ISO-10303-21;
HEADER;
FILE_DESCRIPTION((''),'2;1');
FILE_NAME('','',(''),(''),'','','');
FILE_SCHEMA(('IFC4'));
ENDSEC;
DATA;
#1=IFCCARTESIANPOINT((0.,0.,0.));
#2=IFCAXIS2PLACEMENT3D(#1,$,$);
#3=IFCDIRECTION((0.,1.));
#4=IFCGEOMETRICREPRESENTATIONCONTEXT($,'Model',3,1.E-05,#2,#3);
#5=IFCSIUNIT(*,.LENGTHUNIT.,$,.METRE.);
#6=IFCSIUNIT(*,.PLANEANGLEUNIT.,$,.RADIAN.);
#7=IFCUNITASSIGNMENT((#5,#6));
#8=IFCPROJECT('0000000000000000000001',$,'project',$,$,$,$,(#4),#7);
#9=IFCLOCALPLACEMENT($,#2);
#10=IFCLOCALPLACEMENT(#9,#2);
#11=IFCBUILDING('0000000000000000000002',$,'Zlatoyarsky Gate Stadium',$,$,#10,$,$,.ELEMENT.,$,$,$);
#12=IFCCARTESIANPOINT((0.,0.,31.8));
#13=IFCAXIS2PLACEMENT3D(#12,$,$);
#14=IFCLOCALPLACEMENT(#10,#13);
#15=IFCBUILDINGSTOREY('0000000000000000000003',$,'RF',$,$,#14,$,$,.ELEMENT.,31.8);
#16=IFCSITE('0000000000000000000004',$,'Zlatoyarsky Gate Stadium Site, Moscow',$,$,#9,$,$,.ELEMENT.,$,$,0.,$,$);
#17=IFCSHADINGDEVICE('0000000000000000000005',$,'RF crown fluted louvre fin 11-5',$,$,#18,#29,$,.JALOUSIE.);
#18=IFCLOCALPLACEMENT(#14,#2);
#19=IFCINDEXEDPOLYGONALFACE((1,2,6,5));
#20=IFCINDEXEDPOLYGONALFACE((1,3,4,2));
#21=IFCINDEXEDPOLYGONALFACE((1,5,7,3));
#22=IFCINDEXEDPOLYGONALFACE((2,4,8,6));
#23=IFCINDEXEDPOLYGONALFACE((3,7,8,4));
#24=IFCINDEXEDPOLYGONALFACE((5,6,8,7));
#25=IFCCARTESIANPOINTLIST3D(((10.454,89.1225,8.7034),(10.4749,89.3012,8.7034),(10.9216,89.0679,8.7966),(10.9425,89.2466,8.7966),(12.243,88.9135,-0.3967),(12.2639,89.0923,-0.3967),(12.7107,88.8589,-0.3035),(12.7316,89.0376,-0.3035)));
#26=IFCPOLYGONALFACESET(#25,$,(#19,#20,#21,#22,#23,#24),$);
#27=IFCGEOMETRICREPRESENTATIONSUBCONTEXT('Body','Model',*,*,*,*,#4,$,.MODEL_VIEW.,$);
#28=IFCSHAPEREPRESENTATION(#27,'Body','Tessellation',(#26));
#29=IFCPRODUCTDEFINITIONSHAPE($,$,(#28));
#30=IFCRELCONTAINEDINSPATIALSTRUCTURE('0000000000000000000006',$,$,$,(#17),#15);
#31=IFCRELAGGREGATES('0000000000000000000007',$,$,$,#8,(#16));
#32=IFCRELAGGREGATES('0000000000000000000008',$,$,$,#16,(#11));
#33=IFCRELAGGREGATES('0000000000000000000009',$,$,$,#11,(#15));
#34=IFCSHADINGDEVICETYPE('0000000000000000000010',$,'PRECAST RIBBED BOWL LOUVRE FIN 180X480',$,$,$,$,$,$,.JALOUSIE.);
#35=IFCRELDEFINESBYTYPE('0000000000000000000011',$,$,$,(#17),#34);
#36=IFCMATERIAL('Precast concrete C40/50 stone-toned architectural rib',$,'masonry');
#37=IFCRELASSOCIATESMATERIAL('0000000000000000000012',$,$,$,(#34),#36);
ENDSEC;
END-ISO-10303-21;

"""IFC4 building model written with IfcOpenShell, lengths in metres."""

from ifc_helpers import new_model, si_unit, direction, frame, origin, origin_2d, place, context, subcontext, project, spatial, rectangle, extrude, material, material_profile, profile_set, type_object, element, save


model = new_model("IFC4")

# Units and contexts
model_context = context("Model", 3, precision=1e-05, world=origin(), true_north=direction((0.0, 1.0)))
body_context = subcontext(model_context, "Body", "Model", "MODEL_VIEW")
ifc_project = project(units=[si_unit("LENGTHUNIT", "METRE"), si_unit("PLANEANGLEUNIT", "RADIAN")], contexts=[model_context])

# Site, building, storey
site_placement = place(None, origin())
site = spatial("IfcSite", under=ifc_project, at=site_placement, Name="Zlatoyarsky Gate Stadium Site, Moscow", CompositionType="ELEMENT", RefElevation=0.0)
building_placement = place(site_placement, origin())
building = spatial("IfcBuilding", under=site, at=building_placement, Name="Zlatoyarsky Gate Stadium", CompositionType="ELEMENT")
storey_placement = place(building_placement, frame((0.0, 0.0, 31.8)))
storey = spatial("IfcBuildingStorey", under=building, at=storey_placement, Name="RF", CompositionType="ELEMENT", Elevation=31.8)

# Shading device
ifc_material_1 = material(Name="Precast concrete C40/50 stone-toned architectural rib", Category="masonry")
ifc_material_profile_1 = material_profile(ifc_material_1, rectangle(XDim=0.1799, YDim=0.48, at=origin_2d()), Name="RIB 180X480")
ifc_profile_set_1 = profile_set([ifc_material_profile_1], Name="Precast concrete C40/50 stone-toned architectural rib")
shading_device_type = type_object("IfcShadingDeviceType", Name="PRECAST RIBBED BOWL LOUVRE FIN 180X480", PredefinedType="JALOUSIE", material=ifc_profile_set_1)
for number, where, z_axis, x_axis, name in (
    (1, (12.4873, 88.9756, -0.3501), (-0.192857, 0.022528, 0.980968), (-0.116023, -0.993246, 0.0), "RF crown fluted louvre fin 11-5"),
):
    element("IfcShadingDevice", number, at=place(storey_placement, frame(where, z_axis=z_axis, x_axis=x_axis)), inside=storey, type_object=shading_device_type, Name=name, PredefinedType="JALOUSIE", context=body_context, shape_type="SweptSolid", body=[
        extrude(rectangle(XDim=0.1799, YDim=0.48, at=origin_2d()), origin(), (0.0, 0.0, 1.0), 9.2766),
    ])

save(model, "model.ifc")
